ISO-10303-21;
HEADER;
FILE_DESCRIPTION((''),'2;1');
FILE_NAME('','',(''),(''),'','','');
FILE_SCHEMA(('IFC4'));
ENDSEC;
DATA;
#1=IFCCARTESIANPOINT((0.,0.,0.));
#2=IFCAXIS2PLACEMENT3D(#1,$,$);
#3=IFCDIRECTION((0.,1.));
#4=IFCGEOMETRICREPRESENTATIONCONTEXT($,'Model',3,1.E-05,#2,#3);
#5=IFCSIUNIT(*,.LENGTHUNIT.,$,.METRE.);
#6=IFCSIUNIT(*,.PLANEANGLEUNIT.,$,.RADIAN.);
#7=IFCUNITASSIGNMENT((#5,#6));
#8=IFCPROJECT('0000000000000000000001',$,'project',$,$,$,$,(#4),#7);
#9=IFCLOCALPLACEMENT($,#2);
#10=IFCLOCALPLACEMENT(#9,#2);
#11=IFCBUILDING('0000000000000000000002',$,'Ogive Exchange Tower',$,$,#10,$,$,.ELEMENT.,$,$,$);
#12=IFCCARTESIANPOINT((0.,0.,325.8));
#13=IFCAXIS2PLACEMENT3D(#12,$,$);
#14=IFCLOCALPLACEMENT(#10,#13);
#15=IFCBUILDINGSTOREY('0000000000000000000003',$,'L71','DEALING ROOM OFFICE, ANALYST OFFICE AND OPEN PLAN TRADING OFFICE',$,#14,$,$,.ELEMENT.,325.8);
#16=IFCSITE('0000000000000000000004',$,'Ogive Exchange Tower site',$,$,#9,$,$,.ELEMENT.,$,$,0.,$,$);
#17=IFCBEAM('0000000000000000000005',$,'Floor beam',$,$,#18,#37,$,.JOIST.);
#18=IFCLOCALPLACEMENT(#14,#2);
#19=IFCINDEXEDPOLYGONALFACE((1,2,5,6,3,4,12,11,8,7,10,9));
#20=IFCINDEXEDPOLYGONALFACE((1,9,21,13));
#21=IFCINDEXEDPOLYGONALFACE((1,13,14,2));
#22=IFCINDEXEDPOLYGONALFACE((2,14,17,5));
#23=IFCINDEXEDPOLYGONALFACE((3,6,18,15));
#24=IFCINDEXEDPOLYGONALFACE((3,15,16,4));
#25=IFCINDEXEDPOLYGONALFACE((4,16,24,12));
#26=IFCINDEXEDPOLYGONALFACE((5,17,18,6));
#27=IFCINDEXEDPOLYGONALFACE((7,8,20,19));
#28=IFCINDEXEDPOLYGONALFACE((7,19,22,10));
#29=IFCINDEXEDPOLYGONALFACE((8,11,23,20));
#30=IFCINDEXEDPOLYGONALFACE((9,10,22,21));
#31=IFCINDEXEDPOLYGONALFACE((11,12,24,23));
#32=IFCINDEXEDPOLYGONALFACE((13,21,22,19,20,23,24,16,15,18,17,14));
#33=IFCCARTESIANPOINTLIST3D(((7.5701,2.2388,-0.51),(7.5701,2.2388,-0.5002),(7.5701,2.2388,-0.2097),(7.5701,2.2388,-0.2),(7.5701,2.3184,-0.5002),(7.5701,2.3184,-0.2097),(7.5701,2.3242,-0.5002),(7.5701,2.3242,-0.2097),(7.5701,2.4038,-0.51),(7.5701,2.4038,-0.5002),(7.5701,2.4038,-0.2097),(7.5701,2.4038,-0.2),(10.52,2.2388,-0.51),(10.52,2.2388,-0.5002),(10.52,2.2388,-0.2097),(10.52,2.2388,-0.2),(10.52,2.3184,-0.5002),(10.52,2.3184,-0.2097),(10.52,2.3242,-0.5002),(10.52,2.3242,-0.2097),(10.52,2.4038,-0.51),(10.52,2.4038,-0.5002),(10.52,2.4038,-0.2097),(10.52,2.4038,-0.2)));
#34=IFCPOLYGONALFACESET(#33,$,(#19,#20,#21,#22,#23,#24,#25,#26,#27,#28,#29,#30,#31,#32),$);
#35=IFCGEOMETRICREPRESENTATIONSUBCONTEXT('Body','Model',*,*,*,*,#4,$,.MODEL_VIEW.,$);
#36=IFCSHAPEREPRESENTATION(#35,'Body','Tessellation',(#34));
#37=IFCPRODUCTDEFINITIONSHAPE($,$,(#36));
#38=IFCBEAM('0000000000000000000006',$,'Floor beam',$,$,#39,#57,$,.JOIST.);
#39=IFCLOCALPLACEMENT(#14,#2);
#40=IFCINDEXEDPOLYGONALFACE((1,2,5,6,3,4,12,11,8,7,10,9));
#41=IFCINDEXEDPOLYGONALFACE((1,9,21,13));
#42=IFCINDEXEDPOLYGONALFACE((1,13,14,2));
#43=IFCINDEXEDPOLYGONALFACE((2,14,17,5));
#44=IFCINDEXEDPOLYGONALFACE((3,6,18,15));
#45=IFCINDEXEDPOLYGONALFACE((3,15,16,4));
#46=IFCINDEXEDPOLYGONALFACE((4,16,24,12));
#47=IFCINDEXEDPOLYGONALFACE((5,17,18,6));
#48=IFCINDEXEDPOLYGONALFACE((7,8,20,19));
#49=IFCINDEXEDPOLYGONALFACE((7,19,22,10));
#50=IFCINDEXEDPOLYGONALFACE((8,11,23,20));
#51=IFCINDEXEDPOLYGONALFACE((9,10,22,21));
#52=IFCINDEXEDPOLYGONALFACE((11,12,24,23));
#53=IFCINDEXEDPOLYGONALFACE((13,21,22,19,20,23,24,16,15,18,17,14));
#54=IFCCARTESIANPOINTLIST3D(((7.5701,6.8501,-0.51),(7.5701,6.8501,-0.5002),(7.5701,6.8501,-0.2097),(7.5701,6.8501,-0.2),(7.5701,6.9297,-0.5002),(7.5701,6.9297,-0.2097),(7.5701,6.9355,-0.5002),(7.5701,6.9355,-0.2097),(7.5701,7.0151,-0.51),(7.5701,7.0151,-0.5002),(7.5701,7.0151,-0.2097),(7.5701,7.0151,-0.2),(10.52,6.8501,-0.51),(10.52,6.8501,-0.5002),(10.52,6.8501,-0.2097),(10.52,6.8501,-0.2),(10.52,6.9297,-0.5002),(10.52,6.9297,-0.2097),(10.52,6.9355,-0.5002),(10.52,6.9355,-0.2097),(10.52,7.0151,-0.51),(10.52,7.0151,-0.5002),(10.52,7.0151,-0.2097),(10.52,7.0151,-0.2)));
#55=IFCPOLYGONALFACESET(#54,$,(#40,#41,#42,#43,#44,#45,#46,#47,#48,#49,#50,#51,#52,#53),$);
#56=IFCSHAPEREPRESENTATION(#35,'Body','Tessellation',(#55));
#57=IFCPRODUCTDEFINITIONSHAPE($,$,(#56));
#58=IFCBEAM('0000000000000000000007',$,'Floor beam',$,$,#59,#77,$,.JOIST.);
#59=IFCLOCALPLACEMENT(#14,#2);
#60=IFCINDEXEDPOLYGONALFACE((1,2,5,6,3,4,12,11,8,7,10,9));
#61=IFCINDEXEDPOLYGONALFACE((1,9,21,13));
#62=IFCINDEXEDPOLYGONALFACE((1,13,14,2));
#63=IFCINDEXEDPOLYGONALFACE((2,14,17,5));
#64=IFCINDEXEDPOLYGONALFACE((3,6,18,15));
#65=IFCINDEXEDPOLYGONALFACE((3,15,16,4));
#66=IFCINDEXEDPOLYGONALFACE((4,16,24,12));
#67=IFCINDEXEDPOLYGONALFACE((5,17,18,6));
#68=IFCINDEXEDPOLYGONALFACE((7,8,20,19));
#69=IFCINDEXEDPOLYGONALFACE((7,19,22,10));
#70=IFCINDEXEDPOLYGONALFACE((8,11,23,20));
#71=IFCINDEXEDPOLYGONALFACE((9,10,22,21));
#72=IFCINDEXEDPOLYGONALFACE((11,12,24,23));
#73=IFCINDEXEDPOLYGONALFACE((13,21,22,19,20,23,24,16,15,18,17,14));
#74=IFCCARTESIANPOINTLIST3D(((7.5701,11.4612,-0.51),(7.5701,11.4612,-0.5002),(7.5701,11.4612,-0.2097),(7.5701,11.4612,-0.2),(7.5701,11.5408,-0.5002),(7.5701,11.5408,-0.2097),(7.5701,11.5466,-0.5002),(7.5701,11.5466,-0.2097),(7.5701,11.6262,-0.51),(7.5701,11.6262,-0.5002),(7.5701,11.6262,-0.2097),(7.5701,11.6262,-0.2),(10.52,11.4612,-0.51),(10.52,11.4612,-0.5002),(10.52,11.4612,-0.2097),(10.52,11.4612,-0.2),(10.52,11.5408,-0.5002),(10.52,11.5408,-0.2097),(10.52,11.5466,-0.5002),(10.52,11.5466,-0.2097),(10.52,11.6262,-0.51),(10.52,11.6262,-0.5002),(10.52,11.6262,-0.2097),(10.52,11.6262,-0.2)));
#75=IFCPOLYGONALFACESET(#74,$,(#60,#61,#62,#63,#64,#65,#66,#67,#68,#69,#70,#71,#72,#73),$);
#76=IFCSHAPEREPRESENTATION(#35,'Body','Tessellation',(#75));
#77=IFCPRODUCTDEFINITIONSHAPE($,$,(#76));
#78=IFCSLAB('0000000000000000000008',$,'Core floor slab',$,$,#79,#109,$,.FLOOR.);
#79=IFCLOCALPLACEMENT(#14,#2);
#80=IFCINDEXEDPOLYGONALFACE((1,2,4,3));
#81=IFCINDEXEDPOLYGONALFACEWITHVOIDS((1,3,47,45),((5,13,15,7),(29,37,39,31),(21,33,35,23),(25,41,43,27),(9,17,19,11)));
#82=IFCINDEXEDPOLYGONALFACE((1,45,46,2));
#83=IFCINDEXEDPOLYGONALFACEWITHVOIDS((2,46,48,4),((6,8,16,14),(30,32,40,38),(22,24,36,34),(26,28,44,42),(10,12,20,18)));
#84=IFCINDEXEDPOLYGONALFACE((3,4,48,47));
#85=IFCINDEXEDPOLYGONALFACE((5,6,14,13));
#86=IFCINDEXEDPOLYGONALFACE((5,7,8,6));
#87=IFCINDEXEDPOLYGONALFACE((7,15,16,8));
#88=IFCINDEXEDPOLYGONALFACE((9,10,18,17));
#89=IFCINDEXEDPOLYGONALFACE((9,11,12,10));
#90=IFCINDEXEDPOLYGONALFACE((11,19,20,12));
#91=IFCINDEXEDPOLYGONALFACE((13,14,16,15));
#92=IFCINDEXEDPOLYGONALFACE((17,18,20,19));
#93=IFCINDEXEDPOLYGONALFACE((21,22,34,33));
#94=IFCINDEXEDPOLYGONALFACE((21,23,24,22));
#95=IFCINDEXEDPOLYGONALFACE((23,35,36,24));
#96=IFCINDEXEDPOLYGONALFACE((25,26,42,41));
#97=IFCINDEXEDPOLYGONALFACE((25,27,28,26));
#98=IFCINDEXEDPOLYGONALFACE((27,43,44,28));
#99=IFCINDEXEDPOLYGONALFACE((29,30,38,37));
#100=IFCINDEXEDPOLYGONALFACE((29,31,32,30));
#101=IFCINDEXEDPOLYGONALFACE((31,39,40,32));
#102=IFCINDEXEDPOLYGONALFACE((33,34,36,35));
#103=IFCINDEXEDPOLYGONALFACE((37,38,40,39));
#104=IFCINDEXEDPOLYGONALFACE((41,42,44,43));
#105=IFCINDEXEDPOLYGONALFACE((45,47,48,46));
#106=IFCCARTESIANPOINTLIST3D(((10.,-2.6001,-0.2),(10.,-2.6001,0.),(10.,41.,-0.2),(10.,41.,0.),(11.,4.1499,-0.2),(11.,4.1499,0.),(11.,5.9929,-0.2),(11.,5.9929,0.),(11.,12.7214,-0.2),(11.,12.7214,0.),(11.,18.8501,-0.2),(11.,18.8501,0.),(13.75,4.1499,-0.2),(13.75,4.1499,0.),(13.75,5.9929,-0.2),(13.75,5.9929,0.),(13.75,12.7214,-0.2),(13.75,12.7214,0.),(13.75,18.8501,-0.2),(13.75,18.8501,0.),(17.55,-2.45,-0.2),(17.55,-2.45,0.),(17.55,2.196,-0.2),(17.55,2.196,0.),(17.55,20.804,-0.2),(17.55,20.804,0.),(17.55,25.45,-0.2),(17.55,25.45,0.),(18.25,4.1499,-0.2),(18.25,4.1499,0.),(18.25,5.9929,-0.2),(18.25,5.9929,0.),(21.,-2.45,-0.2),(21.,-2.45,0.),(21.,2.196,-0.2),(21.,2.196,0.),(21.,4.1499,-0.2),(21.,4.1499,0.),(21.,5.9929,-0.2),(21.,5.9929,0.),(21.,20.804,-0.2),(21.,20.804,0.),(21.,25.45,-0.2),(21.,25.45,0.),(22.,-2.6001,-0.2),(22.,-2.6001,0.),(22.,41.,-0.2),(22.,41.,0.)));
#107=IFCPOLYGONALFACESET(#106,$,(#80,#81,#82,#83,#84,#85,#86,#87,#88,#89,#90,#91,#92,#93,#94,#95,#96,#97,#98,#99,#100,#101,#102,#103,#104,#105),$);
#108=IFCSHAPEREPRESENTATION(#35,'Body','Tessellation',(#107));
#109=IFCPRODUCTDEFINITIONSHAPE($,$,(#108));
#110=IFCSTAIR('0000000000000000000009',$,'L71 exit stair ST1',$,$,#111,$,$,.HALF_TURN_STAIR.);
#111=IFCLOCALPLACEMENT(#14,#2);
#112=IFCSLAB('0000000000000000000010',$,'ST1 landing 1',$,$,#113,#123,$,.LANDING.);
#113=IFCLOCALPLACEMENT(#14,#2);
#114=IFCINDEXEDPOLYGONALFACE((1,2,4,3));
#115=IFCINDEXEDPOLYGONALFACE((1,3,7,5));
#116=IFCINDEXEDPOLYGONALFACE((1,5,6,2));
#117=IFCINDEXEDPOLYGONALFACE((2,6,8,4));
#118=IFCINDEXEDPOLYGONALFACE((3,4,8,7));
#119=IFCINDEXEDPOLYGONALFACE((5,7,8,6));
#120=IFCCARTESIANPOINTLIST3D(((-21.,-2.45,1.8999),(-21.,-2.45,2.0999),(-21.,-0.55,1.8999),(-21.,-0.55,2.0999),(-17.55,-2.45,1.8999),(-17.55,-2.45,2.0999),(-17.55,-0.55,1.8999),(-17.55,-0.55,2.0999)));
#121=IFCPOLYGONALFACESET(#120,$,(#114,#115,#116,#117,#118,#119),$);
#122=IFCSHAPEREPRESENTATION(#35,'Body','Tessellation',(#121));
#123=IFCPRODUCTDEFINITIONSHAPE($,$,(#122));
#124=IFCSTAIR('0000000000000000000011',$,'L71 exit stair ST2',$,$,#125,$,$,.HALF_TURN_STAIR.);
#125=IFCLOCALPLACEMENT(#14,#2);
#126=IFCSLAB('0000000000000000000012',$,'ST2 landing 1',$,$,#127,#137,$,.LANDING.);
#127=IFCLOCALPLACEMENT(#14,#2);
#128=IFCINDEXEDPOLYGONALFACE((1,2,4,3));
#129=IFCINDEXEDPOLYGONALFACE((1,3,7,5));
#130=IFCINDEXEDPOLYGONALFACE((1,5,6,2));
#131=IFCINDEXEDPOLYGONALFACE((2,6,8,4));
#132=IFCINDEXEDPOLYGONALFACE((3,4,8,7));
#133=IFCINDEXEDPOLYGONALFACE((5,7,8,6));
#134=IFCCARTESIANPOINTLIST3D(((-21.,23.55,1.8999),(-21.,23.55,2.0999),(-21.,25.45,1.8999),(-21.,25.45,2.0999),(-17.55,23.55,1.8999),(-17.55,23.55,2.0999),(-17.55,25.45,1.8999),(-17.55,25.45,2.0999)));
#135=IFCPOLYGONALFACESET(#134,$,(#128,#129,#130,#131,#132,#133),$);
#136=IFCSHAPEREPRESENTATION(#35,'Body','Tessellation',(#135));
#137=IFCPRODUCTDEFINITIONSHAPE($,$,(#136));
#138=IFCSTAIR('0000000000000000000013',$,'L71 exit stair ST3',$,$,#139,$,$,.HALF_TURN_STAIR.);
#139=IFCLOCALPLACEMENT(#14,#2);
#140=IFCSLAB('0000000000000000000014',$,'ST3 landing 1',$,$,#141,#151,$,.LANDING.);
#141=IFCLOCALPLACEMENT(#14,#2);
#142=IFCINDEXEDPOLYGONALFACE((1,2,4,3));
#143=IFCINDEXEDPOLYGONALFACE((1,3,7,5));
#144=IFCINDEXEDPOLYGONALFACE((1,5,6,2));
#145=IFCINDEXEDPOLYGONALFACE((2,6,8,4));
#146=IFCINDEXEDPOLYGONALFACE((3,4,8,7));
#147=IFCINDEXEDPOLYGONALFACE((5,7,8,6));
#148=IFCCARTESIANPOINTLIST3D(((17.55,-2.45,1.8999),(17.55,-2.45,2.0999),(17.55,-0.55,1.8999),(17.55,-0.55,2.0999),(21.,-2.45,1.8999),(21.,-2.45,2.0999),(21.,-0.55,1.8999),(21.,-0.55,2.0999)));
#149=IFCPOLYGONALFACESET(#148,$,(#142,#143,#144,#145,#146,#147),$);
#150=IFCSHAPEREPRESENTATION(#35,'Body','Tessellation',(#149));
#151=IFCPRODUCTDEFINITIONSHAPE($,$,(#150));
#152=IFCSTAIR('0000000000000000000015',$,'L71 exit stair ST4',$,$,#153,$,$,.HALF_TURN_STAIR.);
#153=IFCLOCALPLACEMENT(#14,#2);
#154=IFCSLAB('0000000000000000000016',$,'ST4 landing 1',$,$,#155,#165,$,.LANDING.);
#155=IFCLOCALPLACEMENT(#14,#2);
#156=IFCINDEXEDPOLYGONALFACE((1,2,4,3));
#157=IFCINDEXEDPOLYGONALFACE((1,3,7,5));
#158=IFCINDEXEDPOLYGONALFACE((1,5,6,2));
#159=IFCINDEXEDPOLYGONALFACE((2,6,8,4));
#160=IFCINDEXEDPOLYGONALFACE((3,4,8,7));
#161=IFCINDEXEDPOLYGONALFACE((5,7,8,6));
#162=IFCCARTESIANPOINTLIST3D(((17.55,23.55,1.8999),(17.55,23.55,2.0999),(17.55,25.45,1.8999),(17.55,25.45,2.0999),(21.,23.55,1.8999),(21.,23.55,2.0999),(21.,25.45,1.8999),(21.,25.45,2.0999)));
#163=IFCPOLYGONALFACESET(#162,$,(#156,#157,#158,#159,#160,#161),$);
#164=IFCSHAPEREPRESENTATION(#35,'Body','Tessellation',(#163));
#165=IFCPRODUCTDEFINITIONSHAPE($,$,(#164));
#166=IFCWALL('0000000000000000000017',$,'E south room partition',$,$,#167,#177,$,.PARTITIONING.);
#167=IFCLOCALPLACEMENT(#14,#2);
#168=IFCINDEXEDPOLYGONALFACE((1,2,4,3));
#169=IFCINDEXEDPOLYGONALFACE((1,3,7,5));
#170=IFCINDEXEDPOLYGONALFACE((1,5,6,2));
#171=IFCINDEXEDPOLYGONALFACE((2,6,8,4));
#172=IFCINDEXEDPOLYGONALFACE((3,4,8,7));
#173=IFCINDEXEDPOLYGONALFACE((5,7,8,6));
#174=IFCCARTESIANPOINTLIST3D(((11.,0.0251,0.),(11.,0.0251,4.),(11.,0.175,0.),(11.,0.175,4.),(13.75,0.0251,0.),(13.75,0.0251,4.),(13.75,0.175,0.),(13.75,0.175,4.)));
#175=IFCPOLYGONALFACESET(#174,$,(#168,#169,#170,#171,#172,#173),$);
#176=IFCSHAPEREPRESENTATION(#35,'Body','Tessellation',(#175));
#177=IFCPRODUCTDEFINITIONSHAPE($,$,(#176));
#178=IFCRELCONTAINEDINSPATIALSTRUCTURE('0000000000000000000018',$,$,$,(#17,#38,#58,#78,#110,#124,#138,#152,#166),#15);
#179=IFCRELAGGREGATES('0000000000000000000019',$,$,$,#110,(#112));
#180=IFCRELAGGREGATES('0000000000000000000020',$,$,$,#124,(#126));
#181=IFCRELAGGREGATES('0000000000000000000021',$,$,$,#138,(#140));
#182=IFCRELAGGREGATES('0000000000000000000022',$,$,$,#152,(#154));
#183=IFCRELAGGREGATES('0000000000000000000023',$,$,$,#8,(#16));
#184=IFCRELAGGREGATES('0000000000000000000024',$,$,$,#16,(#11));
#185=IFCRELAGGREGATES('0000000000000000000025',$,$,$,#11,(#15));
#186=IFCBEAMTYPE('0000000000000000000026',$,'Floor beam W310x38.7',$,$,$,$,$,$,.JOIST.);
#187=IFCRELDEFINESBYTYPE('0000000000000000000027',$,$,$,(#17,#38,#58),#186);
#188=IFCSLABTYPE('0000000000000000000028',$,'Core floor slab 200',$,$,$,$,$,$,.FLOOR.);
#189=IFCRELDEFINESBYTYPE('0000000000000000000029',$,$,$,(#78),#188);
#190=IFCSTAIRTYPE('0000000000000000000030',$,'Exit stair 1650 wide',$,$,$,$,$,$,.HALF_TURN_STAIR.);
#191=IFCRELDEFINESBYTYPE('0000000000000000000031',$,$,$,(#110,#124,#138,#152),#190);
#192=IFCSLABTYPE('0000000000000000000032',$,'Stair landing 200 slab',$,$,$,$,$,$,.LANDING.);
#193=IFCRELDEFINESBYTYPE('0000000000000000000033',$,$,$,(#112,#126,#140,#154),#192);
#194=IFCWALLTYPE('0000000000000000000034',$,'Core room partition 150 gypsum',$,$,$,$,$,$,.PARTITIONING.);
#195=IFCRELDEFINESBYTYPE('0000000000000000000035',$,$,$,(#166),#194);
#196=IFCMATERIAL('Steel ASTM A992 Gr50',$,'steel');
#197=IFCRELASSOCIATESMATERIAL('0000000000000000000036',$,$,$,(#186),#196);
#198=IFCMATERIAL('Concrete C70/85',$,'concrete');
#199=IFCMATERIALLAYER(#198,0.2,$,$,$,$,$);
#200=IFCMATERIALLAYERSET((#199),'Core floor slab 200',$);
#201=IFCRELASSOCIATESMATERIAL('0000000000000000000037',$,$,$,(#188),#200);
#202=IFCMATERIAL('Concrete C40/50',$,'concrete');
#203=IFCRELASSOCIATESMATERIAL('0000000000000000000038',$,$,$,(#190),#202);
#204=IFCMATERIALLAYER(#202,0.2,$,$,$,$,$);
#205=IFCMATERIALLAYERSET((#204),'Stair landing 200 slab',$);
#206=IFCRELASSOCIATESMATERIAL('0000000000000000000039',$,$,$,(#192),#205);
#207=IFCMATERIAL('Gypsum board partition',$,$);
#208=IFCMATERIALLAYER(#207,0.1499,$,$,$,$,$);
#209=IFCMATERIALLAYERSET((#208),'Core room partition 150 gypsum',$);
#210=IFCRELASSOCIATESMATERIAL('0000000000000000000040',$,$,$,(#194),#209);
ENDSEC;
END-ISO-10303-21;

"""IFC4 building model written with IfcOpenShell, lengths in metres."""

from ifc_helpers import new_model, si_unit, direction, frame, frame_2d, origin, origin_2d, place, context, subcontext, project, spatial, polyline, rectangle, i_section, outline, extrude, material, layer, layer_set, material_profile, profile_set, type_object, element, aggregate, save


model = new_model("IFC4")

# Units and contexts
model_context = context("Model", 3, precision=1e-05, world=origin(), true_north=direction((0.0, 1.0)))
body_context = subcontext(model_context, "Body", "Model", "MODEL_VIEW")
ifc_project = project(units=[si_unit("LENGTHUNIT", "METRE"), si_unit("PLANEANGLEUNIT", "RADIAN")], contexts=[model_context])

# Site, building, storey
site_placement = place(None, origin())
site = spatial("IfcSite", under=ifc_project, at=site_placement, Name="Ogive Exchange Tower site", CompositionType="ELEMENT", RefElevation=0.0)
building_placement = place(site_placement, origin())
building = spatial("IfcBuilding", under=site, at=building_placement, Name="Ogive Exchange Tower", CompositionType="ELEMENT")
storey_placement = place(building_placement, frame((0.0, 0.0, 325.8)))
storey = spatial("IfcBuildingStorey", under=building, at=storey_placement, Name="L71", Description="DEALING ROOM OFFICE, ANALYST OFFICE AND OPEN PLAN TRADING OFFICE", CompositionType="ELEMENT", Elevation=325.8)

# Beams
ifc_material_1 = material(Name="Steel ASTM A992 Gr50", Category="steel")
ifc_material_profile = material_profile(ifc_material_1, i_section(OverallWidth=0.165, OverallDepth=0.3101, WebThickness=0.0059, FlangeThickness=0.0098, at=origin_2d()), Name="W310x38.7")
ifc_profile_set = profile_set([ifc_material_profile], Name="Steel ASTM A992 Gr50")
beam_type = type_object("IfcBeamType", Name="Floor beam W310x38.7", PredefinedType="JOIST", material=ifc_profile_set)
for number, where, z_axis, x_axis, name in (
    (1, (7.5701, 2.3213, -0.355), (1.0, 0.0, 0.0), (0.0, 1.0, 0.0), "Floor beam"),
    (2, (7.5701, 6.9326, -0.355), (1.0, 0.0, 0.0), (0.0, 1.0, 0.0), "Floor beam"),
    (3, (7.5701, 11.5437, -0.355), (1.0, 0.0, 0.0), (0.0, 1.0, 0.0), "Floor beam"),
):
    element("IfcBeam", number, at=place(storey_placement, frame(where, z_axis=z_axis, x_axis=x_axis)), inside=storey, type_object=beam_type, Name=name, PredefinedType="JOIST", context=body_context, shape_type="SweptSolid", body=[
        extrude(i_section(OverallWidth=0.165, OverallDepth=0.3101, WebThickness=0.0059, FlangeThickness=0.0098, at=origin_2d()), origin(), (0.0, 0.0, 1.0), 2.95),
    ])

# Slab
ifc_material_2 = material(Name="Concrete C70/85", Category="concrete")
ifc_layer_1 = layer(ifc_material_2, 0.2)
ifc_layer_set_1 = layer_set([ifc_layer_1], Name="Core floor slab 200")
slab_type_1 = type_object("IfcSlabType", Name="Core floor slab 200", PredefinedType="FLOOR", material=ifc_layer_set_1)
slab_1_placement = place(storey_placement, frame((0.0, 0.0, -0.2)))
element("IfcSlab", 4, at=slab_1_placement, inside=storey, type_object=slab_type_1, Name="Core floor slab", PredefinedType="FLOOR", context=body_context, shape_type="SweptSolid", body=[
    extrude(outline(polyline([(10.0, -2.6001), (10.0, 41.0), (22.0, 41.0), (22.0, -2.6001), (10.0, -2.6001)]), holes=[polyline([(21.0, 2.196), (17.55, 2.196), (17.55, -2.45), (21.0, -2.45), (21.0, 2.196)]), polyline([(11.0, 5.9929), (11.0, 4.1499), (13.75, 4.1499), (13.75, 5.9929), (11.0, 5.9929)]), polyline([(18.25, 5.9929), (18.25, 4.1499), (21.0, 4.1499), (21.0, 5.9929), (18.25, 5.9929)]), polyline([(13.75, 18.8501), (11.0, 18.8501), (11.0, 12.7214), (13.75, 12.7214), (13.75, 18.8501)]), polyline([(17.55, 25.45), (17.55, 20.804), (21.0, 20.804), (21.0, 25.45), (17.55, 25.45)])]), origin(), (0.0, 0.0, 1.0), 0.2),
])

# Stairs, slabs
ifc_material_3 = material(Name="Concrete C40/50", Category="concrete")
stair_type = type_object("IfcStairType", Name="Exit stair 1650 wide", PredefinedType="HALF_TURN_STAIR", material=ifc_material_3)
stair_1_placement = place(storey_placement, origin())
stair_1 = element("IfcStair", 5, at=stair_1_placement, inside=storey, type_object=stair_type, Name="L71 exit stair ST1", PredefinedType="HALF_TURN_STAIR")
ifc_layer_2 = layer(ifc_material_3, 0.2)
ifc_layer_set_2 = layer_set([ifc_layer_2], Name="Stair landing 200 slab")
slab_type_2 = type_object("IfcSlabType", Name="Stair landing 200 slab", PredefinedType="LANDING", material=ifc_layer_set_2)
slab_2_placement = place(storey_placement, frame((0.0, 0.0, 1.8999)))
slab_2 = element("IfcSlab", 6, at=slab_2_placement, type_object=slab_type_2, Name="ST1 landing 1", PredefinedType="LANDING", context=body_context, shape_type="SweptSolid", body=[
    extrude(outline(polyline([(-21.0, -0.55), (-21.0, -2.45), (-17.55, -2.45), (-17.55, -0.55), (-21.0, -0.55)])), origin(), (0.0, 0.0, 1.0), 0.2),
])
aggregate(stair_1, [slab_2])
stair_2_placement = place(storey_placement, origin())
stair_2 = element("IfcStair", 7, at=stair_2_placement, inside=storey, type_object=stair_type, Name="L71 exit stair ST2", PredefinedType="HALF_TURN_STAIR")
slab_3_placement = place(storey_placement, frame((0.0, 0.0, 1.8999)))
slab_3 = element("IfcSlab", 8, at=slab_3_placement, type_object=slab_type_2, Name="ST2 landing 1", PredefinedType="LANDING", context=body_context, shape_type="SweptSolid", body=[
    extrude(outline(polyline([(-17.55, 23.55), (-17.55, 25.45), (-21.0, 25.45), (-21.0, 23.55), (-17.55, 23.55)])), origin(), (0.0, 0.0, 1.0), 0.2),
])
aggregate(stair_2, [slab_3])
stair_3_placement = place(storey_placement, origin())
stair_3 = element("IfcStair", 9, at=stair_3_placement, inside=storey, type_object=stair_type, Name="L71 exit stair ST3", PredefinedType="HALF_TURN_STAIR")
slab_4_placement = place(storey_placement, frame((0.0, 0.0, 1.8999)))
slab_4 = element("IfcSlab", 10, at=slab_4_placement, type_object=slab_type_2, Name="ST3 landing 1", PredefinedType="LANDING", context=body_context, shape_type="SweptSolid", body=[
    extrude(outline(polyline([(17.55, -0.55), (17.55, -2.45), (21.0, -2.45), (21.0, -0.55), (17.55, -0.55)])), origin(), (0.0, 0.0, 1.0), 0.2),
])
aggregate(stair_3, [slab_4])
stair_4_placement = place(storey_placement, origin())
stair_4 = element("IfcStair", 11, at=stair_4_placement, inside=storey, type_object=stair_type, Name="L71 exit stair ST4", PredefinedType="HALF_TURN_STAIR")
slab_5_placement = place(storey_placement, frame((0.0, 0.0, 1.8999)))
slab_5 = element("IfcSlab", 12, at=slab_5_placement, type_object=slab_type_2, Name="ST4 landing 1", PredefinedType="LANDING", context=body_context, shape_type="SweptSolid", body=[
    extrude(outline(polyline([(21.0, 23.55), (21.0, 25.45), (17.55, 25.45), (17.55, 23.55), (21.0, 23.55)])), origin(), (0.0, 0.0, 1.0), 0.2),
])
aggregate(stair_4, [slab_5])

# Wall
ifc_material_4 = material(Name="Gypsum board partition")
ifc_layer_3 = layer(ifc_material_4, 0.1499)
ifc_layer_set_3 = layer_set([ifc_layer_3], Name="Core room partition 150 gypsum")
wall_type_1 = type_object("IfcWallType", Name="Core room partition 150 gypsum", PredefinedType="PARTITIONING", material=ifc_layer_set_3)
wall_1_placement = place(storey_placement, frame((11.0, 0.1001, 0.0), z_axis=(0.0, 0.0, 1.0), x_axis=(1.0, 0.0, 0.0)))
element("IfcWall", 13, at=wall_1_placement, inside=storey, type_object=wall_type_1, Name="E south room partition", PredefinedType="PARTITIONING", context=body_context, shape_type="SweptSolid", body=[
    extrude(rectangle(XDim=2.75, YDim=0.1499, at=frame_2d((1.375, 0.0))), origin(), (0.0, 0.0, 1.0), 4.0),
])

save(model, "model.ifc")
